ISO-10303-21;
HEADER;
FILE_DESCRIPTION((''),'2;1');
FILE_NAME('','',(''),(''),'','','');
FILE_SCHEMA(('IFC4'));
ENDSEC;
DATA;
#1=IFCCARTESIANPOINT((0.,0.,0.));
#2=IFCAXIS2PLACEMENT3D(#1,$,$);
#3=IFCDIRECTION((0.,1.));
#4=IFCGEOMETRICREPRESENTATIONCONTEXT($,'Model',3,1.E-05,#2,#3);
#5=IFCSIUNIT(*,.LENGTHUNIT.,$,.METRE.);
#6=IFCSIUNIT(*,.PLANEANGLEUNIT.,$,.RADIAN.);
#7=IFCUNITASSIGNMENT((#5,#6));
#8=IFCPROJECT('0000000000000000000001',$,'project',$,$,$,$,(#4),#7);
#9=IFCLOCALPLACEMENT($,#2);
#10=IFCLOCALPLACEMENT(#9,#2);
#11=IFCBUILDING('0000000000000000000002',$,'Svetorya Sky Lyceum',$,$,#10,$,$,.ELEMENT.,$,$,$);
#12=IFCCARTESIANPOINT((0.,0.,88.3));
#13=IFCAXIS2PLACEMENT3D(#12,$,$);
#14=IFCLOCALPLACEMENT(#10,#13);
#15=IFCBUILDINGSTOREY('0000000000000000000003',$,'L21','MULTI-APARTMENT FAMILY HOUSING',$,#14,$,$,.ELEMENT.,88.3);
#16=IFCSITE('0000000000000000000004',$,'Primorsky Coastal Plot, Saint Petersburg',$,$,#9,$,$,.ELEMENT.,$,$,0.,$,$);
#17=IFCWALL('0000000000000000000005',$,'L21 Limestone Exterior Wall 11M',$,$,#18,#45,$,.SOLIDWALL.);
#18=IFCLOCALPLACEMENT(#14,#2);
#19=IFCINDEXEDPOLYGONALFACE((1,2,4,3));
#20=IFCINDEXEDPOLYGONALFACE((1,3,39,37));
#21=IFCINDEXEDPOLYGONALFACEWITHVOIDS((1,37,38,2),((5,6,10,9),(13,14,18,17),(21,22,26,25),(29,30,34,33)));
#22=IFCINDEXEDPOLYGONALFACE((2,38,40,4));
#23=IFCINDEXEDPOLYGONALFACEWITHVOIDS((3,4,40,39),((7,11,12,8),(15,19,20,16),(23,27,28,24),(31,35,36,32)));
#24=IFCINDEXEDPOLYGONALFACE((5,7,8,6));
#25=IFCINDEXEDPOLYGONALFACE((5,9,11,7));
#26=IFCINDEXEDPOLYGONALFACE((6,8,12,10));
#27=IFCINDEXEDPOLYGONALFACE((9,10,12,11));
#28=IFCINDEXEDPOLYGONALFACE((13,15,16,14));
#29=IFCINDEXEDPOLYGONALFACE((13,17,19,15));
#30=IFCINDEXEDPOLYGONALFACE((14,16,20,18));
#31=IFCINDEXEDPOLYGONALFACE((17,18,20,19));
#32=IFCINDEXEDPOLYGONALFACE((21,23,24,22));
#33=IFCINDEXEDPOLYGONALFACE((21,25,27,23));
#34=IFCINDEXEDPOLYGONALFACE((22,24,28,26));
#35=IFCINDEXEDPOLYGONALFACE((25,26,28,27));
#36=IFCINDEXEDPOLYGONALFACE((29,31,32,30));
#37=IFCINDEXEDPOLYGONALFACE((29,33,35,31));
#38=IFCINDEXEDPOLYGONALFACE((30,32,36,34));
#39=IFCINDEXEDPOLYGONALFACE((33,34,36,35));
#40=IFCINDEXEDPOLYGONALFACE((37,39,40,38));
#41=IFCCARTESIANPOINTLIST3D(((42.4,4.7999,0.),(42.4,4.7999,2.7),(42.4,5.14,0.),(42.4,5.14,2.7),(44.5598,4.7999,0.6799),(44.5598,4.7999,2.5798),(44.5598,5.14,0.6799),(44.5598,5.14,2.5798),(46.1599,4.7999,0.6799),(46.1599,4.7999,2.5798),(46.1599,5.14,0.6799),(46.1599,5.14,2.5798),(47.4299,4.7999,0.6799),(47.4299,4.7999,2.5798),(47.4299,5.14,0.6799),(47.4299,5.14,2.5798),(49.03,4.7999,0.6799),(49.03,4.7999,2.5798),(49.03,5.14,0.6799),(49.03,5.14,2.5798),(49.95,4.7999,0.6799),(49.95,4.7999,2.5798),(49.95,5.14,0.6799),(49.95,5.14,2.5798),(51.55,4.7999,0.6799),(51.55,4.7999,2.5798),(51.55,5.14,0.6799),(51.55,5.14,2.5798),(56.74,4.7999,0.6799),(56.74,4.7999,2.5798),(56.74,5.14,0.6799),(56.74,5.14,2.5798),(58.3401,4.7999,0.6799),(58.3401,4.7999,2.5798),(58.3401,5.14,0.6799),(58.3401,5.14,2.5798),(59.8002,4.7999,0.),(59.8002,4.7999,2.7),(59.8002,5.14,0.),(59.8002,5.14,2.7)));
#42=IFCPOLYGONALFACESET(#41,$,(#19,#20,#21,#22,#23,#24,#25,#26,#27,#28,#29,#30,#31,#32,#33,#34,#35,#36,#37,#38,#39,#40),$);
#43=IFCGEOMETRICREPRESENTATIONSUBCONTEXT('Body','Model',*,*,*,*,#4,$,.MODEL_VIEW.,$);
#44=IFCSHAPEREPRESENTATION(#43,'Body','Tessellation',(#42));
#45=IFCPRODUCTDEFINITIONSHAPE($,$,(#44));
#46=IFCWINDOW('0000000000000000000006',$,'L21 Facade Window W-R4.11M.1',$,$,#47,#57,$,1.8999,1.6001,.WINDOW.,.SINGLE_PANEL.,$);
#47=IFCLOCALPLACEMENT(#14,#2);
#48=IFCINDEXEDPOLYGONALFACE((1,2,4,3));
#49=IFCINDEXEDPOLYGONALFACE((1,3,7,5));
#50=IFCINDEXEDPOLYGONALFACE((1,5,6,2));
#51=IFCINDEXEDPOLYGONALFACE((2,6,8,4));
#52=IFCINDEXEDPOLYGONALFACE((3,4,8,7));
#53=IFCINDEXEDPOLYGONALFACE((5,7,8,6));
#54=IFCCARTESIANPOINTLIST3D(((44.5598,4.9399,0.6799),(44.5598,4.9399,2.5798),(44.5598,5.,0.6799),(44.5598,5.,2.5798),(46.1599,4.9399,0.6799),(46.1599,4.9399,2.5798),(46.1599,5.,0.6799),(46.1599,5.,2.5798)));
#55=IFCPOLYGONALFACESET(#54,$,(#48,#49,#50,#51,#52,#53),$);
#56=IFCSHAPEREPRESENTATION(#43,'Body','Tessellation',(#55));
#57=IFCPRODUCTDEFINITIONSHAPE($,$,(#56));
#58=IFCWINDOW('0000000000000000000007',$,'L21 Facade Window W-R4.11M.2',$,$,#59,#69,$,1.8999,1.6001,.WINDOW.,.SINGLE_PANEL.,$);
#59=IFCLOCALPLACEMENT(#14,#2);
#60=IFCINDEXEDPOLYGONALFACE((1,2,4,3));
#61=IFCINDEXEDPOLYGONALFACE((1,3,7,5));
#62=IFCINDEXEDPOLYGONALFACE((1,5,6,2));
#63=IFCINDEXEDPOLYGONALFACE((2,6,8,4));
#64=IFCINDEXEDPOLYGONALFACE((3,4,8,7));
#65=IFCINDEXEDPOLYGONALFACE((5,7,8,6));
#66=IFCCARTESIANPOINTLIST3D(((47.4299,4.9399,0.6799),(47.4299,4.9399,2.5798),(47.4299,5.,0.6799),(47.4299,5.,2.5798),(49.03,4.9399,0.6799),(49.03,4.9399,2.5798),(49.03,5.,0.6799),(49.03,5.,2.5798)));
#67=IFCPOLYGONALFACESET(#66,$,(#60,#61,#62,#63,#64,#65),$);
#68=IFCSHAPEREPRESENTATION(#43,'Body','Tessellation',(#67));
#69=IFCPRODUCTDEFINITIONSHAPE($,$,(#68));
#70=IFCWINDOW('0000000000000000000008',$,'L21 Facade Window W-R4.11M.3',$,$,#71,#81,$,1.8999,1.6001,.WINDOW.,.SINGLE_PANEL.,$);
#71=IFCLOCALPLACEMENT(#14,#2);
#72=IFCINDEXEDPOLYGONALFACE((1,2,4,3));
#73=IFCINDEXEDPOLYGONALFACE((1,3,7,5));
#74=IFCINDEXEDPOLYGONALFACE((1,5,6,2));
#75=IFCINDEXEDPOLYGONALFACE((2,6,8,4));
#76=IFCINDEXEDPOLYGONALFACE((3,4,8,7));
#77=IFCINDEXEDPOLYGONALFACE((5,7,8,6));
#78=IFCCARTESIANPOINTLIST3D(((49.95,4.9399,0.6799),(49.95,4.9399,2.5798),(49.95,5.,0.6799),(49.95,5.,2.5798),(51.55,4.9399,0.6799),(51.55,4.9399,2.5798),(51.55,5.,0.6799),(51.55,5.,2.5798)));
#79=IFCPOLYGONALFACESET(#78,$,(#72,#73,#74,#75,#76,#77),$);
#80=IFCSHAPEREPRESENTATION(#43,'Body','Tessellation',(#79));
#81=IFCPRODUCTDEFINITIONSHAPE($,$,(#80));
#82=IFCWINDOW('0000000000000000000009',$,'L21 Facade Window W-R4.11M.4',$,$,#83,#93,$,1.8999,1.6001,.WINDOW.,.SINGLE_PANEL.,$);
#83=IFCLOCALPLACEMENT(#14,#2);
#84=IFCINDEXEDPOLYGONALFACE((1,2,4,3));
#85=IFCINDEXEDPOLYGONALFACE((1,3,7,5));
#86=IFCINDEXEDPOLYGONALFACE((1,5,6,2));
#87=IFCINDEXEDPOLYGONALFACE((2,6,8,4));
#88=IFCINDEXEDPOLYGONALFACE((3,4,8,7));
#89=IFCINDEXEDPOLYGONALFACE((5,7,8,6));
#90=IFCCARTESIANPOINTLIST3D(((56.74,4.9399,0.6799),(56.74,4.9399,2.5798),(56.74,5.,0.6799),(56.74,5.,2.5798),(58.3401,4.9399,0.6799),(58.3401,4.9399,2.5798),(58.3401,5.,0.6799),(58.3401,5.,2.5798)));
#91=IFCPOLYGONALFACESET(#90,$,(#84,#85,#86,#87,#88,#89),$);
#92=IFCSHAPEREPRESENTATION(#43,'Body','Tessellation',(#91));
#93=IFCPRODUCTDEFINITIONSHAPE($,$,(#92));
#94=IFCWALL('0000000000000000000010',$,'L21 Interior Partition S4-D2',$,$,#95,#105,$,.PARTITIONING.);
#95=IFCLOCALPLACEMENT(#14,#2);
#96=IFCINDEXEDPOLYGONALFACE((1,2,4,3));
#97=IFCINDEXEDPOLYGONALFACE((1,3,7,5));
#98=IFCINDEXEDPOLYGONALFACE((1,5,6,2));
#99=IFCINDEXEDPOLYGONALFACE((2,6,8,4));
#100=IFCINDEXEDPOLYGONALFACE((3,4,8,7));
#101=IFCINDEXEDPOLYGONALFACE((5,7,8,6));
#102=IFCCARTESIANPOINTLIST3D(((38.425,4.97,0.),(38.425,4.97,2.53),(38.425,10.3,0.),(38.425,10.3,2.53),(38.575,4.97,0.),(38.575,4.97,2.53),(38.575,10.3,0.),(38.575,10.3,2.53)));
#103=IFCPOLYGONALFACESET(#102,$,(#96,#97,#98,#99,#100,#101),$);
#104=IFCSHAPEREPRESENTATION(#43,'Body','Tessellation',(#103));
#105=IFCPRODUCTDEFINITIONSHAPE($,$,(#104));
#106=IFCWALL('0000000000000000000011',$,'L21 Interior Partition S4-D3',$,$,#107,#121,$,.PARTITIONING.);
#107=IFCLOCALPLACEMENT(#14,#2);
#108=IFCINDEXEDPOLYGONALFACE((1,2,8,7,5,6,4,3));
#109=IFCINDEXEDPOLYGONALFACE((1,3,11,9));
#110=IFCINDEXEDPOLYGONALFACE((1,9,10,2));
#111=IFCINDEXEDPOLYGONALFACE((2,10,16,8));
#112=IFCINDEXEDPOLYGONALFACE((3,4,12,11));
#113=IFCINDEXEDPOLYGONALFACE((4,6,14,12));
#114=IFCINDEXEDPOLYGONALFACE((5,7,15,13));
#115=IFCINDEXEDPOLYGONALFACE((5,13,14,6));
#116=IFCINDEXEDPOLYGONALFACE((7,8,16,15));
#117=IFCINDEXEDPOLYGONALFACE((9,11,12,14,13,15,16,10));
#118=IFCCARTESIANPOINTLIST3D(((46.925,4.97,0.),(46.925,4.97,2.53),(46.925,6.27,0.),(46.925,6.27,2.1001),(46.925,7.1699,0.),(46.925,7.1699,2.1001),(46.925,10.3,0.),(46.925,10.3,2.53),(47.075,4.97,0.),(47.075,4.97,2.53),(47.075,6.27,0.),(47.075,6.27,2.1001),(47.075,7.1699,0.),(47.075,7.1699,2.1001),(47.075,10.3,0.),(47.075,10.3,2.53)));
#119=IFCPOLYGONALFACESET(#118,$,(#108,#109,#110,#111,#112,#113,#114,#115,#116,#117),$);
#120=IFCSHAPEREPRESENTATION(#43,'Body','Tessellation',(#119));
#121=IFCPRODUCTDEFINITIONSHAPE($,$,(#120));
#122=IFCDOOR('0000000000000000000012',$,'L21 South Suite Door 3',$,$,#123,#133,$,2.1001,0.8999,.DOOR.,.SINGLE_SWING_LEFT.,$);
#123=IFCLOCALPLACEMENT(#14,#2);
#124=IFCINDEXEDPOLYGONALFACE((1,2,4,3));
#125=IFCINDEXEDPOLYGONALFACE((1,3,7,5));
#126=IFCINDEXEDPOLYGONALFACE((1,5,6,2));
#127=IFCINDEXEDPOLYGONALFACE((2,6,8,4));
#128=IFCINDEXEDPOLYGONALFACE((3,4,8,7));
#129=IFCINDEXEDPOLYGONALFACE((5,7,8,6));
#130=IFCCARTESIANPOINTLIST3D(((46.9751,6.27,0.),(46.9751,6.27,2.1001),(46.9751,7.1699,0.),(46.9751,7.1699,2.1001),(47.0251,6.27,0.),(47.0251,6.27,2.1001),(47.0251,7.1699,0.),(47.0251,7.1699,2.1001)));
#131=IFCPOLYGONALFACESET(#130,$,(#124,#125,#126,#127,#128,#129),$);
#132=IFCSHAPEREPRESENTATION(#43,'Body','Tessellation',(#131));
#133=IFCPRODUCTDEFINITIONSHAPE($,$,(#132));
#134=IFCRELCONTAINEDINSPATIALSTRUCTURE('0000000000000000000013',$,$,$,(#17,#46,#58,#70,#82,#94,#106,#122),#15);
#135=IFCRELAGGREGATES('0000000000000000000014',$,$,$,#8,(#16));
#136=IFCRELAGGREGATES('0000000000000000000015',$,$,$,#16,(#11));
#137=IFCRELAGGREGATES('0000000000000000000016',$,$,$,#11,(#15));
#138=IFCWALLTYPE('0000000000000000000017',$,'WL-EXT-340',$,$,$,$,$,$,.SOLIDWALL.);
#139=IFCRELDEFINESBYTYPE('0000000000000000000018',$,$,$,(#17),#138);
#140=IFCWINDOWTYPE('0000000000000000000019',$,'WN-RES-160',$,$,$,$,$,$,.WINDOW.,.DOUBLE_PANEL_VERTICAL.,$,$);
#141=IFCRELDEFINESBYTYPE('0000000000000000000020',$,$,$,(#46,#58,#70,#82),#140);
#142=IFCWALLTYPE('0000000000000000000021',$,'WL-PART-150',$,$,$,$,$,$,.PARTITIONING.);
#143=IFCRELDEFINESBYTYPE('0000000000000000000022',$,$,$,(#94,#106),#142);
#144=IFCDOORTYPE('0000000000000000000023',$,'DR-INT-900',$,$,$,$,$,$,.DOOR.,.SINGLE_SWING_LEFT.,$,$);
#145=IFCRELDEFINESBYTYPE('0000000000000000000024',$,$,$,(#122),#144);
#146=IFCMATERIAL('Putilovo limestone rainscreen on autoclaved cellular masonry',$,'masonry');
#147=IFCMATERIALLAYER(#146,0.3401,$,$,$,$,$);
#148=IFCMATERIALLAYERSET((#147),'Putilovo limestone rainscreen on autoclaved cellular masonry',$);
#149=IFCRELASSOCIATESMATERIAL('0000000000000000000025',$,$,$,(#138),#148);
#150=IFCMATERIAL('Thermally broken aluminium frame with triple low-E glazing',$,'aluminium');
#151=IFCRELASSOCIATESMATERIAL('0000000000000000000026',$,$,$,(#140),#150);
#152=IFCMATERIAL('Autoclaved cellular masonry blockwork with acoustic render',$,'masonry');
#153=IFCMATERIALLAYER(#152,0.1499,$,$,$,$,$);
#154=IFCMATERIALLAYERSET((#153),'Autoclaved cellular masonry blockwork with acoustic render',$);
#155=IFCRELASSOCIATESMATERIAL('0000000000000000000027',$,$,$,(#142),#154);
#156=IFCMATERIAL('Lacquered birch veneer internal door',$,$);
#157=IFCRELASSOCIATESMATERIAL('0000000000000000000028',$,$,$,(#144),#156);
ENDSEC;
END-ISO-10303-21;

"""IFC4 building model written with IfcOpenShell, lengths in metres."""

from ifc_helpers import new_model, si_unit, direction, frame, frame_2d, origin, place, context, subcontext, project, spatial, rectangle, extrude, material, layer, layer_set, type_object, element, fill, save


model = new_model("IFC4")

# Units and contexts
model_context = context("Model", 3, precision=1e-05, world=origin(), true_north=direction((0.0, 1.0)))
body_context = subcontext(model_context, "Body", "Model", "MODEL_VIEW")
ifc_project = project(units=[si_unit("LENGTHUNIT", "METRE"), si_unit("PLANEANGLEUNIT", "RADIAN")], contexts=[model_context])

# Site, building, storey
site_placement = place(None, origin())
site = spatial("IfcSite", under=ifc_project, at=site_placement, Name="Primorsky Coastal Plot, Saint Petersburg", CompositionType="ELEMENT", RefElevation=0.0)
building_placement = place(site_placement, origin())
building = spatial("IfcBuilding", under=site, at=building_placement, Name="Svetorya Sky Lyceum", CompositionType="ELEMENT")
storey_placement = place(building_placement, frame((0.0, 0.0, 88.3)))
storey = spatial("IfcBuildingStorey", under=building, at=storey_placement, Name="L21", Description="MULTI-APARTMENT FAMILY HOUSING", CompositionType="ELEMENT", Elevation=88.3)

# Shared definitions
ifc_material_1 = material(Name="Putilovo limestone rainscreen on autoclaved cellular masonry", Category="masonry")
ifc_layer_1 = layer(ifc_material_1, 0.3401)
ifc_layer_set_1 = layer_set([ifc_layer_1], Name="Putilovo limestone rainscreen on autoclaved cellular masonry")
wall_type_1 = type_object("IfcWallType", Name="WL-EXT-340", PredefinedType="SOLIDWALL", material=ifc_layer_set_1)

# Wall, openings, windows
wall_1_placement = place(storey_placement, frame((42.3999, 4.97, 0.0), z_axis=(0.0, 0.0, 1.0), x_axis=(1.0, 0.0, 0.0)))
wall_1 = element("IfcWall", 1, at=wall_1_placement, inside=storey, type_object=wall_type_1, Name="L21 Limestone Exterior Wall 11M", PredefinedType="SOLIDWALL", context=body_context, shape_type="SweptSolid", body=[
    extrude(rectangle(XDim=17.4001, YDim=0.3401, at=frame_2d((8.7002, 0.0))), origin(), (0.0, 0.0, 1.0), 2.7),
])
opening_1_placement = place(wall_1_placement, frame((2.1599, 0.0, 0.6799)))
opening_1 = element("IfcOpeningElement", 2, at=opening_1_placement, cuts=wall_1, PredefinedType="OPENING", context=body_context, shape_type="SweptSolid", body=[
    extrude(rectangle(XDim=1.6001, YDim=1.8999, at=frame_2d((0.8, 0.95))), frame((0.0, 0.1799, 0.0), z_axis=(0.0, -1.0, 0.0), x_axis=(1.0, 0.0, 0.0)), (0.0, 0.0, 1.0), 0.3601),
])
opening_2_placement = place(wall_1_placement, frame((5.03, 0.0, 0.6799)))
opening_2 = element("IfcOpeningElement", 3, at=opening_2_placement, cuts=wall_1, PredefinedType="OPENING", context=body_context, shape_type="SweptSolid", body=[
    extrude(rectangle(XDim=1.6001, YDim=1.8999, at=frame_2d((0.8, 0.95))), frame((0.0, 0.1799, 0.0), z_axis=(0.0, -1.0, 0.0), x_axis=(1.0, 0.0, 0.0)), (0.0, 0.0, 1.0), 0.3601),
])
opening_3_placement = place(wall_1_placement, frame((7.55, 0.0, 0.6799)))
opening_3 = element("IfcOpeningElement", 4, at=opening_3_placement, cuts=wall_1, PredefinedType="OPENING", context=body_context, shape_type="SweptSolid", body=[
    extrude(rectangle(XDim=1.6001, YDim=1.8999, at=frame_2d((0.8, 0.95))), frame((0.0, 0.1799, 0.0), z_axis=(0.0, -1.0, 0.0), x_axis=(1.0, 0.0, 0.0)), (0.0, 0.0, 1.0), 0.3601),
])
opening_4_placement = place(wall_1_placement, frame((14.3401, 0.0, 0.6799)))
opening_4 = element("IfcOpeningElement", 5, at=opening_4_placement, cuts=wall_1, PredefinedType="OPENING", context=body_context, shape_type="SweptSolid", body=[
    extrude(rectangle(XDim=1.6001, YDim=1.8999, at=frame_2d((0.8, 0.95))), frame((0.0, 0.1799, 0.0), z_axis=(0.0, -1.0, 0.0), x_axis=(1.0, 0.0, 0.0)), (0.0, 0.0, 1.0), 0.3601),
])
ifc_material_2 = material(Name="Thermally broken aluminium frame with triple low-E glazing", Category="aluminium")
window_type = type_object("IfcWindowType", Name="WN-RES-160", PartitioningType="DOUBLE_PANEL_VERTICAL", PredefinedType="WINDOW", material=ifc_material_2)
window_1_placement = place(opening_1_placement, origin())
window_1 = element("IfcWindow", 6, at=window_1_placement, inside=storey, type_object=window_type, Name="L21 Facade Window W-R4.11M.1", OverallHeight=1.8999, OverallWidth=1.6001, PartitioningType="SINGLE_PANEL", PredefinedType="WINDOW", context=body_context, shape_type="SweptSolid", body=[
    extrude(rectangle(XDim=1.6001, YDim=1.8999, at=frame_2d((0.8, 0.95))), frame((0.0, 0.03, 0.0), z_axis=(0.0, -1.0, 0.0), x_axis=(1.0, 0.0, 0.0)), (0.0, 0.0, 1.0), 0.0601),
])
fill(opening_1, window_1)
window_2_placement = place(opening_2_placement, origin())
window_2 = element("IfcWindow", 7, at=window_2_placement, inside=storey, type_object=window_type, Name="L21 Facade Window W-R4.11M.2", OverallHeight=1.8999, OverallWidth=1.6001, PartitioningType="SINGLE_PANEL", PredefinedType="WINDOW", context=body_context, shape_type="SweptSolid", body=[
    extrude(rectangle(XDim=1.6001, YDim=1.8999, at=frame_2d((0.8, 0.95))), frame((0.0, 0.03, 0.0), z_axis=(0.0, -1.0, 0.0), x_axis=(1.0, 0.0, 0.0)), (0.0, 0.0, 1.0), 0.0601),
])
fill(opening_2, window_2)
window_3_placement = place(opening_3_placement, origin())
window_3 = element("IfcWindow", 8, at=window_3_placement, inside=storey, type_object=window_type, Name="L21 Facade Window W-R4.11M.3", OverallHeight=1.8999, OverallWidth=1.6001, PartitioningType="SINGLE_PANEL", PredefinedType="WINDOW", context=body_context, shape_type="SweptSolid", body=[
    extrude(rectangle(XDim=1.6001, YDim=1.8999, at=frame_2d((0.8, 0.95))), frame((0.0, 0.03, 0.0), z_axis=(0.0, -1.0, 0.0), x_axis=(1.0, 0.0, 0.0)), (0.0, 0.0, 1.0), 0.0601),
])
fill(opening_3, window_3)
window_4_placement = place(opening_4_placement, origin())
window_4 = element("IfcWindow", 9, at=window_4_placement, inside=storey, type_object=window_type, Name="L21 Facade Window W-R4.11M.4", OverallHeight=1.8999, OverallWidth=1.6001, PartitioningType="SINGLE_PANEL", PredefinedType="WINDOW", context=body_context, shape_type="SweptSolid", body=[
    extrude(rectangle(XDim=1.6001, YDim=1.8999, at=frame_2d((0.8, 0.95))), frame((0.0, 0.03, 0.0), z_axis=(0.0, -1.0, 0.0), x_axis=(1.0, 0.0, 0.0)), (0.0, 0.0, 1.0), 0.0601),
])
fill(opening_4, window_4)

# Wall
ifc_material_3 = material(Name="Autoclaved cellular masonry blockwork with acoustic render", Category="masonry")
ifc_layer_2 = layer(ifc_material_3, 0.1499)
ifc_layer_set_2 = layer_set([ifc_layer_2], Name="Autoclaved cellular masonry blockwork with acoustic render")
wall_type_2 = type_object("IfcWallType", Name="WL-PART-150", PredefinedType="PARTITIONING", material=ifc_layer_set_2)
wall_2_placement = place(storey_placement, frame((38.5, 4.97, 0.0), z_axis=(0.0, 0.0, 1.0), x_axis=(0.0, 1.0, 0.0)))
element("IfcWall", 10, at=wall_2_placement, inside=storey, type_object=wall_type_2, Name="L21 Interior Partition S4-D2", PredefinedType="PARTITIONING", context=body_context, shape_type="SweptSolid", body=[
    extrude(rectangle(XDim=5.3301, YDim=0.1499, at=frame_2d((2.665, 0.0))), origin(), (0.0, 0.0, 1.0), 2.53),
])

# Wall, opening, door
wall_3_placement = place(storey_placement, frame((47.0, 4.97, 0.0), z_axis=(0.0, 0.0, 1.0), x_axis=(0.0, 1.0, 0.0)))
wall_3 = element("IfcWall", 11, at=wall_3_placement, inside=storey, type_object=wall_type_2, Name="L21 Interior Partition S4-D3", PredefinedType="PARTITIONING", context=body_context, shape_type="SweptSolid", body=[
    extrude(rectangle(XDim=5.3301, YDim=0.1499, at=frame_2d((2.665, 0.0))), origin(), (0.0, 0.0, 1.0), 2.53),
])
opening_5_placement = place(wall_3_placement, frame((1.3, 0.0, 0.0)))
opening_5 = element("IfcOpeningElement", 12, at=opening_5_placement, cuts=wall_3, PredefinedType="OPENING", context=body_context, shape_type="SweptSolid", body=[
    extrude(rectangle(XDim=0.8999, YDim=2.1001, at=frame_2d((0.45, 1.05))), frame((0.0, 0.085, 0.0), z_axis=(0.0, -1.0, 0.0), x_axis=(1.0, 0.0, 0.0)), (0.0, 0.0, 1.0), 0.1699),
])
ifc_material_4 = material(Name="Lacquered birch veneer internal door")
door_type = type_object("IfcDoorType", Name="DR-INT-900", OperationType="SINGLE_SWING_LEFT", PredefinedType="DOOR", material=ifc_material_4)
door_placement = place(opening_5_placement, origin())
door = element("IfcDoor", 13, at=door_placement, inside=storey, type_object=door_type, Name="L21 South Suite Door 3", OperationType="SINGLE_SWING_LEFT", OverallHeight=2.1001, OverallWidth=0.8999, PredefinedType="DOOR", context=body_context, shape_type="SweptSolid", body=[
    extrude(rectangle(XDim=0.8999, YDim=2.1001, at=frame_2d((0.45, 1.05))), frame((0.0, 0.0249, 0.0), z_axis=(0.0, -1.0, 0.0), x_axis=(1.0, 0.0, 0.0)), (0.0, 0.0, 1.0), 0.05),
])
fill(opening_5, door)

save(model, "model.ifc")
